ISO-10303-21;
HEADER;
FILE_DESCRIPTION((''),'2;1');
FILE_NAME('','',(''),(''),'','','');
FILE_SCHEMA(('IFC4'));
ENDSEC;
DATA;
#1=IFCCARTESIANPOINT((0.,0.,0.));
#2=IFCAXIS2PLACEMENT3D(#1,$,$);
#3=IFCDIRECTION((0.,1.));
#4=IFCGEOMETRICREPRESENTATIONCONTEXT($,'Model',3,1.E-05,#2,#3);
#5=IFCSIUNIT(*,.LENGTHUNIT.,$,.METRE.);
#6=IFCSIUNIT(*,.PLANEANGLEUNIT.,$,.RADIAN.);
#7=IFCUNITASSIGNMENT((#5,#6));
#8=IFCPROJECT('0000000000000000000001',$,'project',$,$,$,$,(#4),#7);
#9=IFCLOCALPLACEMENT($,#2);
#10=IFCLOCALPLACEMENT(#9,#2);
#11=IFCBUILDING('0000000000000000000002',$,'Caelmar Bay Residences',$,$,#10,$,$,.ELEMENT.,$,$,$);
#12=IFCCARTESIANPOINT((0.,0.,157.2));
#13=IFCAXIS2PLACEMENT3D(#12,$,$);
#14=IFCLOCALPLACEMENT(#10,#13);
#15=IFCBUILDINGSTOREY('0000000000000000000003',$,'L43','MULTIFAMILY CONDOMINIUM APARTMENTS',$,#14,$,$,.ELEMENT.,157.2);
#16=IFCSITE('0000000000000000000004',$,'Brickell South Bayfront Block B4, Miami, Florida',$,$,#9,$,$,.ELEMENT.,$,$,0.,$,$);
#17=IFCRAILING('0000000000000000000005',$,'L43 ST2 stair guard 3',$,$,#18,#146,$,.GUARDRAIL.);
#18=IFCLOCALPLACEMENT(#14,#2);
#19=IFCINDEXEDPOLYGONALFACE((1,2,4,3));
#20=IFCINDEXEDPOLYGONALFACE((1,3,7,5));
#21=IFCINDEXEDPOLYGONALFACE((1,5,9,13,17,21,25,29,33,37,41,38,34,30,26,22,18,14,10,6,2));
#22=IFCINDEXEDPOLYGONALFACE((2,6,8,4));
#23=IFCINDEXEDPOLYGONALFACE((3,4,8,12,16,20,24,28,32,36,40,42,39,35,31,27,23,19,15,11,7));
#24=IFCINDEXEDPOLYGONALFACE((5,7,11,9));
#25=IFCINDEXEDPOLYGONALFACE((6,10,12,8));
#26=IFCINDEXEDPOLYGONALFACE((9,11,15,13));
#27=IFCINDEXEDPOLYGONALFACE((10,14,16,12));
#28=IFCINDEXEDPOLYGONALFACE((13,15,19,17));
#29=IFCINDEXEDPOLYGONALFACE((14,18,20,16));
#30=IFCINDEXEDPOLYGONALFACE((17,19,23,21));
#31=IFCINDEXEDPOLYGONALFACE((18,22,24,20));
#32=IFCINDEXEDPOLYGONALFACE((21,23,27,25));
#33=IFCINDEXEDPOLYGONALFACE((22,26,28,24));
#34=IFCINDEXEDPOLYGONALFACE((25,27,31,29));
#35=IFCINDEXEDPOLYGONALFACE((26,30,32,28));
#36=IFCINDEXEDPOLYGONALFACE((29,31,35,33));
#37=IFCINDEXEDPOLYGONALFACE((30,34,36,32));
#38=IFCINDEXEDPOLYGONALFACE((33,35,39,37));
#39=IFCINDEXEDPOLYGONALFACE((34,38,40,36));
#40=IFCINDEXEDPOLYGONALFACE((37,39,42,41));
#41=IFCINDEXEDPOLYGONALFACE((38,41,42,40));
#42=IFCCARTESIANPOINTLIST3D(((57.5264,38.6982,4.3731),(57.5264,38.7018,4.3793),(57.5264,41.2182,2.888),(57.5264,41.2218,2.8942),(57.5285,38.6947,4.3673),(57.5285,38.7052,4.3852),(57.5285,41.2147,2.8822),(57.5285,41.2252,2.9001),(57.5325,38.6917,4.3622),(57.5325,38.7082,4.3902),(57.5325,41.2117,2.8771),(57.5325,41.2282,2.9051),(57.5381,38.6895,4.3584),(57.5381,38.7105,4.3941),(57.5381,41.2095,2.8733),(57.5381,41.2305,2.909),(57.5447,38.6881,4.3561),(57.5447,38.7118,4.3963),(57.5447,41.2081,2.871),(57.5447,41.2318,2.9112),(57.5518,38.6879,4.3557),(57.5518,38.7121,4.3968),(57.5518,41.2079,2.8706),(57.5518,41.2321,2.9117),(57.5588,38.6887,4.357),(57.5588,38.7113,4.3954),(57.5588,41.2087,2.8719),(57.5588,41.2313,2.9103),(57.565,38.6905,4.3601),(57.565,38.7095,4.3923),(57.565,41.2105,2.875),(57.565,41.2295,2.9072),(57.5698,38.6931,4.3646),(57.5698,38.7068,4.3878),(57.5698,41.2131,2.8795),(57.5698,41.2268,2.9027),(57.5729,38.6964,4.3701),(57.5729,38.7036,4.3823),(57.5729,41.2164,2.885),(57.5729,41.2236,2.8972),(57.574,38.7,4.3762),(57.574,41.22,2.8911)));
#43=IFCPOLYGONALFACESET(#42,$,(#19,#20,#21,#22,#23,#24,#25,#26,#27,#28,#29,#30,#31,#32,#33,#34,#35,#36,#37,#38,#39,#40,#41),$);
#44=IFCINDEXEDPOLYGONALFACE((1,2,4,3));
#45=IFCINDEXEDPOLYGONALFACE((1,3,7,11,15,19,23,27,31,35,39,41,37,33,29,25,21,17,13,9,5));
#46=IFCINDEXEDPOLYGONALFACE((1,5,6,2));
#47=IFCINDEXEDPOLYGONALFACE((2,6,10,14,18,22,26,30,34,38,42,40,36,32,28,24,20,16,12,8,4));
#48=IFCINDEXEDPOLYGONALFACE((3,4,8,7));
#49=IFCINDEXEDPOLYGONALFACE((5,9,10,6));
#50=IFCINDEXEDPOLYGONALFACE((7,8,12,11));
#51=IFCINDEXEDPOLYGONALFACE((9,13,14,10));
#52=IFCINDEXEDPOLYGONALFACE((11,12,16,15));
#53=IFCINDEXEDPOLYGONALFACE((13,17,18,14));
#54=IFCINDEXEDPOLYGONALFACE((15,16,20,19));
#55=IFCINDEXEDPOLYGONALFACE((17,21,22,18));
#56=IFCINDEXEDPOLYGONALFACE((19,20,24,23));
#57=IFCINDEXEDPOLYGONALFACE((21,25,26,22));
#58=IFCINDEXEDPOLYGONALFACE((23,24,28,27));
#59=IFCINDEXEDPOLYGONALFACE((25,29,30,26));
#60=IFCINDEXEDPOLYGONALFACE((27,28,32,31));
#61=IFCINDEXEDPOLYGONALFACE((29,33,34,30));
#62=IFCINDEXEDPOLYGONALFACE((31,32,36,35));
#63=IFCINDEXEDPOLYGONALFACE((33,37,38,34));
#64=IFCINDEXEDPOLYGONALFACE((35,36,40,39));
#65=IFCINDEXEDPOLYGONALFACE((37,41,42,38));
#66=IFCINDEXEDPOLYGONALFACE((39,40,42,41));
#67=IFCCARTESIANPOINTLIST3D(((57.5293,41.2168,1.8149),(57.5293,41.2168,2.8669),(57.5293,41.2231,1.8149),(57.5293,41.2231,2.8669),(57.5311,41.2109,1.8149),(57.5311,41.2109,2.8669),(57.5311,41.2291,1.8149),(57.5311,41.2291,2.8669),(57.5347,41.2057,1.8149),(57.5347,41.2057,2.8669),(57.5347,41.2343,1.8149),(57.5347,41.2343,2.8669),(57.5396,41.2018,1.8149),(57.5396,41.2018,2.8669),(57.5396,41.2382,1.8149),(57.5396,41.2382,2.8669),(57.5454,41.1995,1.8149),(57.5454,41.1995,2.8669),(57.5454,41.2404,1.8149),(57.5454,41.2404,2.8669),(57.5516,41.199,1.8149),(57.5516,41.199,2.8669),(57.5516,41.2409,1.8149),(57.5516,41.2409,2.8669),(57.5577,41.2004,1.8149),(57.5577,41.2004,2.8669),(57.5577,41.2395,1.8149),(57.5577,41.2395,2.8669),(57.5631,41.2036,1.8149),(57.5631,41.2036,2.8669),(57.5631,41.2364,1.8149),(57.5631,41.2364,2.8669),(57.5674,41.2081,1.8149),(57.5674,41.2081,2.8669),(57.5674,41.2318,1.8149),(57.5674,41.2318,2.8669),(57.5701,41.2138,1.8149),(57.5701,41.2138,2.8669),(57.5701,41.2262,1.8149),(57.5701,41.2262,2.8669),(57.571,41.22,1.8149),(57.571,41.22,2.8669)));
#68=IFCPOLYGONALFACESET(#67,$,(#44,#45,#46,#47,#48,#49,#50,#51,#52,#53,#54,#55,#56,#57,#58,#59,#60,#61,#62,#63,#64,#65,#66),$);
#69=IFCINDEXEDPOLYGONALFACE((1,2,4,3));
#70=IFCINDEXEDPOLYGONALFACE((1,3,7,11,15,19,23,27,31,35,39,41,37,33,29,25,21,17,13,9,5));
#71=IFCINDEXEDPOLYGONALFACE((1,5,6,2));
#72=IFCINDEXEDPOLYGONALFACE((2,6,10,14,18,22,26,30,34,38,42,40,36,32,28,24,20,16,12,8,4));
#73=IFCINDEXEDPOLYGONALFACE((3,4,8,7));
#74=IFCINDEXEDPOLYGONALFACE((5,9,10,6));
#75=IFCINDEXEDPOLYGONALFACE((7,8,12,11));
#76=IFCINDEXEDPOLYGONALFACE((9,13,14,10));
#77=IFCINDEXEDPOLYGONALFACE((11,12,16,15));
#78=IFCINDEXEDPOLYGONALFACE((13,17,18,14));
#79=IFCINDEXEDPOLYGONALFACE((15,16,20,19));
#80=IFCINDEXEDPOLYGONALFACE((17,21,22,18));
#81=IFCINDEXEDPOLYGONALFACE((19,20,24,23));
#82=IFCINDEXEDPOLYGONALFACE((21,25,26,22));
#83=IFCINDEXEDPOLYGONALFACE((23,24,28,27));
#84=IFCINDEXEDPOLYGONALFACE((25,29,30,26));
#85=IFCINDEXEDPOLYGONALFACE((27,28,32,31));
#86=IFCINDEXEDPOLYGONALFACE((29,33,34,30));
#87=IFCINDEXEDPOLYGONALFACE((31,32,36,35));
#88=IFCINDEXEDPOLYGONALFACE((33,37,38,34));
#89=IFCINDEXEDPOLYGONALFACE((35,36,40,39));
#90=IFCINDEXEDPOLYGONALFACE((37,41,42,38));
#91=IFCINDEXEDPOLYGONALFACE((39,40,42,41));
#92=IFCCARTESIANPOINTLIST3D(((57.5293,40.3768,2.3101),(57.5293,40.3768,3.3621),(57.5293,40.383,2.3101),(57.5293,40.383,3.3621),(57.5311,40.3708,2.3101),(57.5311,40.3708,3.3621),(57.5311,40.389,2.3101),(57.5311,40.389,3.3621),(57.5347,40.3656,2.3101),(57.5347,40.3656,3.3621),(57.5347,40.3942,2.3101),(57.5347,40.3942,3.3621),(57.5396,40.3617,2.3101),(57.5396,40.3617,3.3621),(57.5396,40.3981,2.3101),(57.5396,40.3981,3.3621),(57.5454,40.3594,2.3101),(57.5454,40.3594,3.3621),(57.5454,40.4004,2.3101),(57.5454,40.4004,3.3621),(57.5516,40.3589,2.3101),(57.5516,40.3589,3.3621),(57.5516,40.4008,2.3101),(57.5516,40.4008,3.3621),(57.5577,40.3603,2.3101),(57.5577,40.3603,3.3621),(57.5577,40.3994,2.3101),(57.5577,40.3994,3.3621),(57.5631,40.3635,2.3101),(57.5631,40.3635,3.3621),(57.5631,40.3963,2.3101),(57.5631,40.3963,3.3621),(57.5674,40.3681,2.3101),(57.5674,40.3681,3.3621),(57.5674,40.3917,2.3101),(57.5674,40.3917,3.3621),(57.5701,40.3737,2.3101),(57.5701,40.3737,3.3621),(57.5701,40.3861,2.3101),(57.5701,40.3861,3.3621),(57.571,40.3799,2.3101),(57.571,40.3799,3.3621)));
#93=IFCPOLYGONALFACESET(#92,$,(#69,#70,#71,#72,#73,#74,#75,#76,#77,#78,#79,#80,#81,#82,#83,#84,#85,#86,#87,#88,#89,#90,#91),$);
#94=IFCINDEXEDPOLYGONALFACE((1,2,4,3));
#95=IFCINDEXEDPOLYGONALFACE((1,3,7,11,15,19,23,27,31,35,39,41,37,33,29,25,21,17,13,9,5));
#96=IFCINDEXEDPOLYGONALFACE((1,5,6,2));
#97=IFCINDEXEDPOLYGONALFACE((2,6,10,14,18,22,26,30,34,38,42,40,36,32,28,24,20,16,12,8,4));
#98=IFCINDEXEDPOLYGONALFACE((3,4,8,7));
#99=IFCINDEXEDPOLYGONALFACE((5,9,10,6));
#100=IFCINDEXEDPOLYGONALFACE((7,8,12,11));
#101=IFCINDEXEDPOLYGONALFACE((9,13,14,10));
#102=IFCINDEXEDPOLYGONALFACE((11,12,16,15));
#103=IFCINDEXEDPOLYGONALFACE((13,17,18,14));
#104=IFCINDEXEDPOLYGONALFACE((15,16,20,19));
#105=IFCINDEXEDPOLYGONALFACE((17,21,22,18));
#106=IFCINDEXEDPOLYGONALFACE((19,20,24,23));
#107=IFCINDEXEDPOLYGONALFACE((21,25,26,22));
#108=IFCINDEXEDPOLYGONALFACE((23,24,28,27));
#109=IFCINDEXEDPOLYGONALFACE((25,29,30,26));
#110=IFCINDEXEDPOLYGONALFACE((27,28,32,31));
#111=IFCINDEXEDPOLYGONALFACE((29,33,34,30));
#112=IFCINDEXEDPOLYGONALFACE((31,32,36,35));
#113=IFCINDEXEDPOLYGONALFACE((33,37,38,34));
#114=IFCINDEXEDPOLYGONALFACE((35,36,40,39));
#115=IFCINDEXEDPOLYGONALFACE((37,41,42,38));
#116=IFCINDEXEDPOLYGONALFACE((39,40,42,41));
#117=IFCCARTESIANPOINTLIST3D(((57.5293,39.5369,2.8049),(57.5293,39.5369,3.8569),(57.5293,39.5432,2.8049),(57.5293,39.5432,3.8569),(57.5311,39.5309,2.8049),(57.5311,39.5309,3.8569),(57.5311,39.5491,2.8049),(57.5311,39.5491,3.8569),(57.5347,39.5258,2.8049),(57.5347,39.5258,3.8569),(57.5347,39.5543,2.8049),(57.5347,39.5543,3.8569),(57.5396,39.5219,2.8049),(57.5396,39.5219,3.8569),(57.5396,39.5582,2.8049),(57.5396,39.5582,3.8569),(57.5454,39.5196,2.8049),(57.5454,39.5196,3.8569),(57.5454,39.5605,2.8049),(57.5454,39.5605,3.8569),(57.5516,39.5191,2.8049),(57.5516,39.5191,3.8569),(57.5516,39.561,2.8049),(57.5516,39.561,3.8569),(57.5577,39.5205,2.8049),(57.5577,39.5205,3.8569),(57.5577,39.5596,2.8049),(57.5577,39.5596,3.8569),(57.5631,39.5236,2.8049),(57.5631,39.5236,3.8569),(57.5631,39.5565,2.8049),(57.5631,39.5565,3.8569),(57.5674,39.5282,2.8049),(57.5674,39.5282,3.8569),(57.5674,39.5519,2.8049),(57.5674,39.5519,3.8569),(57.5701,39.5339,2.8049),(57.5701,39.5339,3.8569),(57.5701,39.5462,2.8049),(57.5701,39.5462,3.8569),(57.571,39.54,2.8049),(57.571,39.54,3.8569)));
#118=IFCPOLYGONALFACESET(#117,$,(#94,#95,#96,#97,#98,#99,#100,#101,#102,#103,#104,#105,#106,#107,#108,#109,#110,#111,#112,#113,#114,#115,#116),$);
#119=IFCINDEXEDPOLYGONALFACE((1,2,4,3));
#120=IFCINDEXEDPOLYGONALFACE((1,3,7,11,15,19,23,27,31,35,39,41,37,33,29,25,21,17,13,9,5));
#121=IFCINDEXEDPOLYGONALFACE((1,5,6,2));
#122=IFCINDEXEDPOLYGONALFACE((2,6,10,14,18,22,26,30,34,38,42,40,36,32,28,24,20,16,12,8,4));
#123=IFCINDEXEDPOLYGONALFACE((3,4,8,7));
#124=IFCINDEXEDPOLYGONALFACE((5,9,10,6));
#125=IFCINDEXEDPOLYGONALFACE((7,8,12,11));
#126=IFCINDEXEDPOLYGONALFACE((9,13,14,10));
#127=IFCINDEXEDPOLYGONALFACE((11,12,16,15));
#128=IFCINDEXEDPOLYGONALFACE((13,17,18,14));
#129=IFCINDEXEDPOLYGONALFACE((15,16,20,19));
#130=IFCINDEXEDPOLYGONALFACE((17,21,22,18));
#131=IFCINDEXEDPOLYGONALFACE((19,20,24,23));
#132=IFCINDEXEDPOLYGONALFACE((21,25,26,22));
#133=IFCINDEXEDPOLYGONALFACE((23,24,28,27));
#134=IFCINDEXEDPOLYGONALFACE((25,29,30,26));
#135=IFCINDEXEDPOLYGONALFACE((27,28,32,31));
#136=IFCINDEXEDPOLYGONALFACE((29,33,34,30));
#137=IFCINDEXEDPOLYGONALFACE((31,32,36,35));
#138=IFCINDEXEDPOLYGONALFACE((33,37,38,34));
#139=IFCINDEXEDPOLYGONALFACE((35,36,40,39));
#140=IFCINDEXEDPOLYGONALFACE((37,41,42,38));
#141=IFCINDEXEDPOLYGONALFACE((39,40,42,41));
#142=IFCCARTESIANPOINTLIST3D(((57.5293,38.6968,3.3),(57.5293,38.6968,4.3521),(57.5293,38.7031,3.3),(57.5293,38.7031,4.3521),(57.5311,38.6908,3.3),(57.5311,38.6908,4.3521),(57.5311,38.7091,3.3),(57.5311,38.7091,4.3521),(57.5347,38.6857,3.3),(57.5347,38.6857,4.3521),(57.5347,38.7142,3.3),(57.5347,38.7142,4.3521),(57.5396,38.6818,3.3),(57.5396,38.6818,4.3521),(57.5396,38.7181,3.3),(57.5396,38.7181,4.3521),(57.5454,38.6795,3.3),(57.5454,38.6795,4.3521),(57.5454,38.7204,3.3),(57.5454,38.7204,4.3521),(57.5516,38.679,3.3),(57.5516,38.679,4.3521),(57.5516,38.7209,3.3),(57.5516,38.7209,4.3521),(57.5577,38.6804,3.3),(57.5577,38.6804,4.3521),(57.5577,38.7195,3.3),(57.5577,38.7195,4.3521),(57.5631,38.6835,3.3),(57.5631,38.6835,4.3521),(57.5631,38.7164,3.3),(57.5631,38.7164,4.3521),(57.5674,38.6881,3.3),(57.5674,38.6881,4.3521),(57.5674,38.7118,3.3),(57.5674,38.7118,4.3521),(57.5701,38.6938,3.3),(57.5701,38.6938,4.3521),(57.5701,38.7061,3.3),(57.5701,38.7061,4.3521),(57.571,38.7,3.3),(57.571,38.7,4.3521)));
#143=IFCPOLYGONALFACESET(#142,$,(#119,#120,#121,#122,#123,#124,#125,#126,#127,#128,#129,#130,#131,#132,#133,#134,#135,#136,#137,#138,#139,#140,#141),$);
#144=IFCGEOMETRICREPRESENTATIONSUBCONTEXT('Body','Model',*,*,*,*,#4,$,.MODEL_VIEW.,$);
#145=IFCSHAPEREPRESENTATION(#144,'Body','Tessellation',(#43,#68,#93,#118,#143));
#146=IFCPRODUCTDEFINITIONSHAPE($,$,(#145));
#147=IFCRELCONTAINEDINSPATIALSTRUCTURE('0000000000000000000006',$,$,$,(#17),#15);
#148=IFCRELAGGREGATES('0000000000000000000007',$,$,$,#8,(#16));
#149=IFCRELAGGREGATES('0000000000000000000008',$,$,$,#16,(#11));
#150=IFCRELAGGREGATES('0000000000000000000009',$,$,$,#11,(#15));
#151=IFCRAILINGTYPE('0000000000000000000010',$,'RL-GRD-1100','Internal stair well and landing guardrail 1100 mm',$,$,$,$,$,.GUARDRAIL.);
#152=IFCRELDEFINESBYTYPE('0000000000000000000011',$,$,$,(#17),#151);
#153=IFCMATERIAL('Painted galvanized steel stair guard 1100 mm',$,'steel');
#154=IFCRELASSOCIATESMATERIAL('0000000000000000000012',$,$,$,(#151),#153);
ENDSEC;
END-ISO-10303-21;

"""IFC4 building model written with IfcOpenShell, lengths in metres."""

from ifc_helpers import new_model, si_unit, direction, frame, origin, origin_2d, place, context, subcontext, project, spatial, circle, extrude, material, type_object, element, save


model = new_model("IFC4")

# Units and contexts
model_context = context("Model", 3, precision=1e-05, world=origin(), true_north=direction((0.0, 1.0)))
body_context = subcontext(model_context, "Body", "Model", "MODEL_VIEW")
ifc_project = project(units=[si_unit("LENGTHUNIT", "METRE"), si_unit("PLANEANGLEUNIT", "RADIAN")], contexts=[model_context])

# Site, building, storey
site_placement = place(None, origin())
site = spatial("IfcSite", under=ifc_project, at=site_placement, Name="Brickell South Bayfront Block B4, Miami, Florida", CompositionType="ELEMENT", RefElevation=0.0)
building_placement = place(site_placement, origin())
building = spatial("IfcBuilding", under=site, at=building_placement, Name="Caelmar Bay Residences", CompositionType="ELEMENT")
storey_placement = place(building_placement, frame((0.0, 0.0, 157.2)))
storey = spatial("IfcBuildingStorey", under=building, at=storey_placement, Name="L43", Description="MULTIFAMILY CONDOMINIUM APARTMENTS", CompositionType="ELEMENT", Elevation=157.2)

# Railing
ifc_material_1 = material(Name="Painted galvanized steel stair guard 1100 mm", Category="steel")
railing_type_1 = type_object("IfcRailingType", Name="RL-GRD-1100", Description="Internal stair well and landing guardrail 1100 mm", PredefinedType="GUARDRAIL", material=ifc_material_1)
railing_1_placement = place(storey_placement, frame((57.55, 41.22, 1.8149)))
element("IfcRailing", 1, at=railing_1_placement, inside=storey, type_object=railing_type_1, Name="L43 ST2 stair guard 3", PredefinedType="GUARDRAIL", context=body_context, shape_type="SweptSolid", body=[
    extrude(circle(Radius=0.0239, at=origin_2d()), frame((0.0, 0.0, 1.0762), z_axis=(0.0, -0.861524, 0.507717), x_axis=(1.0, 0.0, 0.0)), (0.0, 0.0, 1.0), 2.925),
    extrude(circle(Radius=0.021, at=origin_2d()), origin(), (0.0, 0.0, 1.0), 1.052),
    extrude(circle(Radius=0.021, at=origin_2d()), frame((0.0, -0.8401, 0.4951)), (0.0, 0.0, 1.0), 1.052),
    extrude(circle(Radius=0.021, at=origin_2d()), frame((0.0, -1.6799, 0.99)), (0.0, 0.0, 1.0), 1.052),
    extrude(circle(Radius=0.021, at=origin_2d()), frame((0.0, -2.52, 1.4851)), (0.0, 0.0, 1.0), 1.052),
])

save(model, "model.ifc")
